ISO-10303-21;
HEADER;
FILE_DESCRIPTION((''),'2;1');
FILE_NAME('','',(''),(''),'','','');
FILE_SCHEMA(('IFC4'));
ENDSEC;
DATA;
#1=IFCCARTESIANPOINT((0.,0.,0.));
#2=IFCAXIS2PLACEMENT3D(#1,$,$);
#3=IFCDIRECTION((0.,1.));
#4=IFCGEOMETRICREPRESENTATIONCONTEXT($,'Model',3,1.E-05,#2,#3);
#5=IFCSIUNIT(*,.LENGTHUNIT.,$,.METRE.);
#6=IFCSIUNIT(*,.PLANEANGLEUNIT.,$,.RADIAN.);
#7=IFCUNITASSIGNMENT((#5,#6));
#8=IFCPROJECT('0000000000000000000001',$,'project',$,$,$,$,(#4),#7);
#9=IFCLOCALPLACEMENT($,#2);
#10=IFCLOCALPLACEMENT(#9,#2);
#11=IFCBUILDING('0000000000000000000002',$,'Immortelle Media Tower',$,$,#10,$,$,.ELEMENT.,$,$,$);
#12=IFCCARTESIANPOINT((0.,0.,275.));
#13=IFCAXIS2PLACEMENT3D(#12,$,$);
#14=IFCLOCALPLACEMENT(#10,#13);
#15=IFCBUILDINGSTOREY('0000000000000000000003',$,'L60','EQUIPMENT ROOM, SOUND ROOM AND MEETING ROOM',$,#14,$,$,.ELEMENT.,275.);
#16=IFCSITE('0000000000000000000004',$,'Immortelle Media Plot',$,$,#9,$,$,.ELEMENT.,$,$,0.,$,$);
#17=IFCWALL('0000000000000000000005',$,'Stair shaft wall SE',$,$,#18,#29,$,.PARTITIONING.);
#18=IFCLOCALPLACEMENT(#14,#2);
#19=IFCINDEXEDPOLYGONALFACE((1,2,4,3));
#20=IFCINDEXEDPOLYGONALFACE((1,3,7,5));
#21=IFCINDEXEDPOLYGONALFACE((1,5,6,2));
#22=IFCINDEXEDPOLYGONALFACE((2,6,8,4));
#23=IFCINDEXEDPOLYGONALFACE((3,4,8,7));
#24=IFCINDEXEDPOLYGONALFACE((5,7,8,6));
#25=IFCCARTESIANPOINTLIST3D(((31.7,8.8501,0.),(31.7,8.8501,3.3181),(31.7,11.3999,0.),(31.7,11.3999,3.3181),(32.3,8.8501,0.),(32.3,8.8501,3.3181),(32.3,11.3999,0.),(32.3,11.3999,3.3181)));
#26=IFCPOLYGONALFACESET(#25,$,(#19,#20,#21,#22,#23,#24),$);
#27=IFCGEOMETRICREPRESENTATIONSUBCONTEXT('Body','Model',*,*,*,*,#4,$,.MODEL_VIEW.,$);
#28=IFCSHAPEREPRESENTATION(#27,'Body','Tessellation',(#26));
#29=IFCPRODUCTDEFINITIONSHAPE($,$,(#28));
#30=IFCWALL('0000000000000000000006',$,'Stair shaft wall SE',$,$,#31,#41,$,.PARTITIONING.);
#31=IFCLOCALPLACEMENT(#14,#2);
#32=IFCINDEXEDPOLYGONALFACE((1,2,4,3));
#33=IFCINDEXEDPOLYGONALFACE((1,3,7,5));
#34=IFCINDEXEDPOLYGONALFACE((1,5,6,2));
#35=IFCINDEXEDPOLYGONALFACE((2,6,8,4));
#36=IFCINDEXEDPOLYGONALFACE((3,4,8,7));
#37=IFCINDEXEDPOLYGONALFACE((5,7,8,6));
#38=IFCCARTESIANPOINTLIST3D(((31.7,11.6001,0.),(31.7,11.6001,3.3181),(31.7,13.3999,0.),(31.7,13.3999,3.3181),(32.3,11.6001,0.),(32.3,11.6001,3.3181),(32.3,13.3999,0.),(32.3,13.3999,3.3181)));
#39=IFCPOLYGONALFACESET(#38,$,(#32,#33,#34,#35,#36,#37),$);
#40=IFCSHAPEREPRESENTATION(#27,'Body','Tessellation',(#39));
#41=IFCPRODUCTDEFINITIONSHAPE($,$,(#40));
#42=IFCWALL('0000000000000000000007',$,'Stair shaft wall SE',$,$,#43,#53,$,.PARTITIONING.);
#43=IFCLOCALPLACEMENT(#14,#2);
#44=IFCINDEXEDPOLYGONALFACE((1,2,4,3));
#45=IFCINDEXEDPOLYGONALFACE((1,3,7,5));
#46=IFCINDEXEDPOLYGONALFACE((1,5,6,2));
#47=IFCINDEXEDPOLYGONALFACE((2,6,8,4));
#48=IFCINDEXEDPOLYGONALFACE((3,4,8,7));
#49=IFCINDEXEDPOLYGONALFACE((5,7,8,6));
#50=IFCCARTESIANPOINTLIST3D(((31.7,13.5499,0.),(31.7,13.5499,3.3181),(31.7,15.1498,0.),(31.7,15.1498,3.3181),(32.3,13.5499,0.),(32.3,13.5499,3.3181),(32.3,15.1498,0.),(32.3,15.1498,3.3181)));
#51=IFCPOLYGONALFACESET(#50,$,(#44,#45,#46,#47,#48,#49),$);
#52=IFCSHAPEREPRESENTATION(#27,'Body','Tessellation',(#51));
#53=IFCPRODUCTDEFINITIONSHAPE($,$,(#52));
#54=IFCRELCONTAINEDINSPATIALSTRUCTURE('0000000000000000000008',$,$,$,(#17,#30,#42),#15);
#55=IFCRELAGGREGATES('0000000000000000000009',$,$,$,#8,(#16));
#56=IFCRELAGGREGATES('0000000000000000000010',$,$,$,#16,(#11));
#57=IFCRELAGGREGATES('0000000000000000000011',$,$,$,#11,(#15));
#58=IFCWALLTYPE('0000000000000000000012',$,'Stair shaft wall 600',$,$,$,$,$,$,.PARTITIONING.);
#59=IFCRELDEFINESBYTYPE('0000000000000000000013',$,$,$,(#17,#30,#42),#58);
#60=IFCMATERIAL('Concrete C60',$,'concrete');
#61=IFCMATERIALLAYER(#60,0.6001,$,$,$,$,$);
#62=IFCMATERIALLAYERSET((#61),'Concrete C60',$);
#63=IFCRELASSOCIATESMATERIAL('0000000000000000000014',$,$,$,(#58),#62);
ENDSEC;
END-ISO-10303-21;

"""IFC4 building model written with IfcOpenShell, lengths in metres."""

from ifc_helpers import new_model, si_unit, direction, frame, frame_2d, origin, place, context, subcontext, project, spatial, rectangle, extrude, material, layer, layer_set, type_object, element, save


model = new_model("IFC4")

# Units and contexts
model_context = context("Model", 3, precision=1e-05, world=origin(), true_north=direction((0.0, 1.0)))
body_context = subcontext(model_context, "Body", "Model", "MODEL_VIEW")
ifc_project = project(units=[si_unit("LENGTHUNIT", "METRE"), si_unit("PLANEANGLEUNIT", "RADIAN")], contexts=[model_context])

# Site, building, storey
site_placement = place(None, origin())
site = spatial("IfcSite", under=ifc_project, at=site_placement, Name="Immortelle Media Plot", CompositionType="ELEMENT", RefElevation=0.0)
building_placement = place(site_placement, origin())
building = spatial("IfcBuilding", under=site, at=building_placement, Name="Immortelle Media Tower", CompositionType="ELEMENT")
storey_placement = place(building_placement, frame((0.0, 0.0, 275.0)))
storey = spatial("IfcBuildingStorey", under=building, at=storey_placement, Name="L60", Description="EQUIPMENT ROOM, SOUND ROOM AND MEETING ROOM", CompositionType="ELEMENT", Elevation=275.0)

# Shared definitions
ifc_material_1 = material(Name="Concrete C60", Category="concrete")

# Walls
ifc_layer_1 = layer(ifc_material_1, 0.6001)
ifc_layer_set_1 = layer_set([ifc_layer_1], Name="Concrete C60")
wall_type_1 = type_object("IfcWallType", Name="Stair shaft wall 600", PredefinedType="PARTITIONING", material=ifc_layer_set_1)
wall_1_placement = place(storey_placement, frame((32.0, 8.8501, 0.0), z_axis=(0.0, 0.0, 1.0), x_axis=(0.0, 1.0, 0.0)))
element("IfcWall", 1, at=wall_1_placement, inside=storey, type_object=wall_type_1, Name="Stair shaft wall SE", PredefinedType="PARTITIONING", context=body_context, shape_type="SweptSolid", body=[
    extrude(rectangle(XDim=2.5498, YDim=0.6001, at=frame_2d((1.2749, 0.0))), origin(), (0.0, 0.0, 1.0), 3.3181),
])
wall_2_placement = place(storey_placement, frame((32.0, 11.6001, 0.0), z_axis=(0.0, 0.0, 1.0), x_axis=(0.0, 1.0, 0.0)))
element("IfcWall", 2, at=wall_2_placement, inside=storey, type_object=wall_type_1, Name="Stair shaft wall SE", PredefinedType="PARTITIONING", context=body_context, shape_type="SweptSolid", body=[
    extrude(rectangle(XDim=1.7998, YDim=0.6001, at=frame_2d((0.8999, 0.0))), origin(), (0.0, 0.0, 1.0), 3.3181),
])
wall_3_placement = place(storey_placement, frame((32.0, 13.55, 0.0), z_axis=(0.0, 0.0, 1.0), x_axis=(0.0, 1.0, 0.0)))
element("IfcWall", 3, at=wall_3_placement, inside=storey, type_object=wall_type_1, Name="Stair shaft wall SE", PredefinedType="PARTITIONING", context=body_context, shape_type="SweptSolid", body=[
    extrude(rectangle(XDim=1.5999, YDim=0.6001, at=frame_2d((0.7998, 0.0))), origin(), (0.0, 0.0, 1.0), 3.3181),
])

save(model, "model.ifc")
